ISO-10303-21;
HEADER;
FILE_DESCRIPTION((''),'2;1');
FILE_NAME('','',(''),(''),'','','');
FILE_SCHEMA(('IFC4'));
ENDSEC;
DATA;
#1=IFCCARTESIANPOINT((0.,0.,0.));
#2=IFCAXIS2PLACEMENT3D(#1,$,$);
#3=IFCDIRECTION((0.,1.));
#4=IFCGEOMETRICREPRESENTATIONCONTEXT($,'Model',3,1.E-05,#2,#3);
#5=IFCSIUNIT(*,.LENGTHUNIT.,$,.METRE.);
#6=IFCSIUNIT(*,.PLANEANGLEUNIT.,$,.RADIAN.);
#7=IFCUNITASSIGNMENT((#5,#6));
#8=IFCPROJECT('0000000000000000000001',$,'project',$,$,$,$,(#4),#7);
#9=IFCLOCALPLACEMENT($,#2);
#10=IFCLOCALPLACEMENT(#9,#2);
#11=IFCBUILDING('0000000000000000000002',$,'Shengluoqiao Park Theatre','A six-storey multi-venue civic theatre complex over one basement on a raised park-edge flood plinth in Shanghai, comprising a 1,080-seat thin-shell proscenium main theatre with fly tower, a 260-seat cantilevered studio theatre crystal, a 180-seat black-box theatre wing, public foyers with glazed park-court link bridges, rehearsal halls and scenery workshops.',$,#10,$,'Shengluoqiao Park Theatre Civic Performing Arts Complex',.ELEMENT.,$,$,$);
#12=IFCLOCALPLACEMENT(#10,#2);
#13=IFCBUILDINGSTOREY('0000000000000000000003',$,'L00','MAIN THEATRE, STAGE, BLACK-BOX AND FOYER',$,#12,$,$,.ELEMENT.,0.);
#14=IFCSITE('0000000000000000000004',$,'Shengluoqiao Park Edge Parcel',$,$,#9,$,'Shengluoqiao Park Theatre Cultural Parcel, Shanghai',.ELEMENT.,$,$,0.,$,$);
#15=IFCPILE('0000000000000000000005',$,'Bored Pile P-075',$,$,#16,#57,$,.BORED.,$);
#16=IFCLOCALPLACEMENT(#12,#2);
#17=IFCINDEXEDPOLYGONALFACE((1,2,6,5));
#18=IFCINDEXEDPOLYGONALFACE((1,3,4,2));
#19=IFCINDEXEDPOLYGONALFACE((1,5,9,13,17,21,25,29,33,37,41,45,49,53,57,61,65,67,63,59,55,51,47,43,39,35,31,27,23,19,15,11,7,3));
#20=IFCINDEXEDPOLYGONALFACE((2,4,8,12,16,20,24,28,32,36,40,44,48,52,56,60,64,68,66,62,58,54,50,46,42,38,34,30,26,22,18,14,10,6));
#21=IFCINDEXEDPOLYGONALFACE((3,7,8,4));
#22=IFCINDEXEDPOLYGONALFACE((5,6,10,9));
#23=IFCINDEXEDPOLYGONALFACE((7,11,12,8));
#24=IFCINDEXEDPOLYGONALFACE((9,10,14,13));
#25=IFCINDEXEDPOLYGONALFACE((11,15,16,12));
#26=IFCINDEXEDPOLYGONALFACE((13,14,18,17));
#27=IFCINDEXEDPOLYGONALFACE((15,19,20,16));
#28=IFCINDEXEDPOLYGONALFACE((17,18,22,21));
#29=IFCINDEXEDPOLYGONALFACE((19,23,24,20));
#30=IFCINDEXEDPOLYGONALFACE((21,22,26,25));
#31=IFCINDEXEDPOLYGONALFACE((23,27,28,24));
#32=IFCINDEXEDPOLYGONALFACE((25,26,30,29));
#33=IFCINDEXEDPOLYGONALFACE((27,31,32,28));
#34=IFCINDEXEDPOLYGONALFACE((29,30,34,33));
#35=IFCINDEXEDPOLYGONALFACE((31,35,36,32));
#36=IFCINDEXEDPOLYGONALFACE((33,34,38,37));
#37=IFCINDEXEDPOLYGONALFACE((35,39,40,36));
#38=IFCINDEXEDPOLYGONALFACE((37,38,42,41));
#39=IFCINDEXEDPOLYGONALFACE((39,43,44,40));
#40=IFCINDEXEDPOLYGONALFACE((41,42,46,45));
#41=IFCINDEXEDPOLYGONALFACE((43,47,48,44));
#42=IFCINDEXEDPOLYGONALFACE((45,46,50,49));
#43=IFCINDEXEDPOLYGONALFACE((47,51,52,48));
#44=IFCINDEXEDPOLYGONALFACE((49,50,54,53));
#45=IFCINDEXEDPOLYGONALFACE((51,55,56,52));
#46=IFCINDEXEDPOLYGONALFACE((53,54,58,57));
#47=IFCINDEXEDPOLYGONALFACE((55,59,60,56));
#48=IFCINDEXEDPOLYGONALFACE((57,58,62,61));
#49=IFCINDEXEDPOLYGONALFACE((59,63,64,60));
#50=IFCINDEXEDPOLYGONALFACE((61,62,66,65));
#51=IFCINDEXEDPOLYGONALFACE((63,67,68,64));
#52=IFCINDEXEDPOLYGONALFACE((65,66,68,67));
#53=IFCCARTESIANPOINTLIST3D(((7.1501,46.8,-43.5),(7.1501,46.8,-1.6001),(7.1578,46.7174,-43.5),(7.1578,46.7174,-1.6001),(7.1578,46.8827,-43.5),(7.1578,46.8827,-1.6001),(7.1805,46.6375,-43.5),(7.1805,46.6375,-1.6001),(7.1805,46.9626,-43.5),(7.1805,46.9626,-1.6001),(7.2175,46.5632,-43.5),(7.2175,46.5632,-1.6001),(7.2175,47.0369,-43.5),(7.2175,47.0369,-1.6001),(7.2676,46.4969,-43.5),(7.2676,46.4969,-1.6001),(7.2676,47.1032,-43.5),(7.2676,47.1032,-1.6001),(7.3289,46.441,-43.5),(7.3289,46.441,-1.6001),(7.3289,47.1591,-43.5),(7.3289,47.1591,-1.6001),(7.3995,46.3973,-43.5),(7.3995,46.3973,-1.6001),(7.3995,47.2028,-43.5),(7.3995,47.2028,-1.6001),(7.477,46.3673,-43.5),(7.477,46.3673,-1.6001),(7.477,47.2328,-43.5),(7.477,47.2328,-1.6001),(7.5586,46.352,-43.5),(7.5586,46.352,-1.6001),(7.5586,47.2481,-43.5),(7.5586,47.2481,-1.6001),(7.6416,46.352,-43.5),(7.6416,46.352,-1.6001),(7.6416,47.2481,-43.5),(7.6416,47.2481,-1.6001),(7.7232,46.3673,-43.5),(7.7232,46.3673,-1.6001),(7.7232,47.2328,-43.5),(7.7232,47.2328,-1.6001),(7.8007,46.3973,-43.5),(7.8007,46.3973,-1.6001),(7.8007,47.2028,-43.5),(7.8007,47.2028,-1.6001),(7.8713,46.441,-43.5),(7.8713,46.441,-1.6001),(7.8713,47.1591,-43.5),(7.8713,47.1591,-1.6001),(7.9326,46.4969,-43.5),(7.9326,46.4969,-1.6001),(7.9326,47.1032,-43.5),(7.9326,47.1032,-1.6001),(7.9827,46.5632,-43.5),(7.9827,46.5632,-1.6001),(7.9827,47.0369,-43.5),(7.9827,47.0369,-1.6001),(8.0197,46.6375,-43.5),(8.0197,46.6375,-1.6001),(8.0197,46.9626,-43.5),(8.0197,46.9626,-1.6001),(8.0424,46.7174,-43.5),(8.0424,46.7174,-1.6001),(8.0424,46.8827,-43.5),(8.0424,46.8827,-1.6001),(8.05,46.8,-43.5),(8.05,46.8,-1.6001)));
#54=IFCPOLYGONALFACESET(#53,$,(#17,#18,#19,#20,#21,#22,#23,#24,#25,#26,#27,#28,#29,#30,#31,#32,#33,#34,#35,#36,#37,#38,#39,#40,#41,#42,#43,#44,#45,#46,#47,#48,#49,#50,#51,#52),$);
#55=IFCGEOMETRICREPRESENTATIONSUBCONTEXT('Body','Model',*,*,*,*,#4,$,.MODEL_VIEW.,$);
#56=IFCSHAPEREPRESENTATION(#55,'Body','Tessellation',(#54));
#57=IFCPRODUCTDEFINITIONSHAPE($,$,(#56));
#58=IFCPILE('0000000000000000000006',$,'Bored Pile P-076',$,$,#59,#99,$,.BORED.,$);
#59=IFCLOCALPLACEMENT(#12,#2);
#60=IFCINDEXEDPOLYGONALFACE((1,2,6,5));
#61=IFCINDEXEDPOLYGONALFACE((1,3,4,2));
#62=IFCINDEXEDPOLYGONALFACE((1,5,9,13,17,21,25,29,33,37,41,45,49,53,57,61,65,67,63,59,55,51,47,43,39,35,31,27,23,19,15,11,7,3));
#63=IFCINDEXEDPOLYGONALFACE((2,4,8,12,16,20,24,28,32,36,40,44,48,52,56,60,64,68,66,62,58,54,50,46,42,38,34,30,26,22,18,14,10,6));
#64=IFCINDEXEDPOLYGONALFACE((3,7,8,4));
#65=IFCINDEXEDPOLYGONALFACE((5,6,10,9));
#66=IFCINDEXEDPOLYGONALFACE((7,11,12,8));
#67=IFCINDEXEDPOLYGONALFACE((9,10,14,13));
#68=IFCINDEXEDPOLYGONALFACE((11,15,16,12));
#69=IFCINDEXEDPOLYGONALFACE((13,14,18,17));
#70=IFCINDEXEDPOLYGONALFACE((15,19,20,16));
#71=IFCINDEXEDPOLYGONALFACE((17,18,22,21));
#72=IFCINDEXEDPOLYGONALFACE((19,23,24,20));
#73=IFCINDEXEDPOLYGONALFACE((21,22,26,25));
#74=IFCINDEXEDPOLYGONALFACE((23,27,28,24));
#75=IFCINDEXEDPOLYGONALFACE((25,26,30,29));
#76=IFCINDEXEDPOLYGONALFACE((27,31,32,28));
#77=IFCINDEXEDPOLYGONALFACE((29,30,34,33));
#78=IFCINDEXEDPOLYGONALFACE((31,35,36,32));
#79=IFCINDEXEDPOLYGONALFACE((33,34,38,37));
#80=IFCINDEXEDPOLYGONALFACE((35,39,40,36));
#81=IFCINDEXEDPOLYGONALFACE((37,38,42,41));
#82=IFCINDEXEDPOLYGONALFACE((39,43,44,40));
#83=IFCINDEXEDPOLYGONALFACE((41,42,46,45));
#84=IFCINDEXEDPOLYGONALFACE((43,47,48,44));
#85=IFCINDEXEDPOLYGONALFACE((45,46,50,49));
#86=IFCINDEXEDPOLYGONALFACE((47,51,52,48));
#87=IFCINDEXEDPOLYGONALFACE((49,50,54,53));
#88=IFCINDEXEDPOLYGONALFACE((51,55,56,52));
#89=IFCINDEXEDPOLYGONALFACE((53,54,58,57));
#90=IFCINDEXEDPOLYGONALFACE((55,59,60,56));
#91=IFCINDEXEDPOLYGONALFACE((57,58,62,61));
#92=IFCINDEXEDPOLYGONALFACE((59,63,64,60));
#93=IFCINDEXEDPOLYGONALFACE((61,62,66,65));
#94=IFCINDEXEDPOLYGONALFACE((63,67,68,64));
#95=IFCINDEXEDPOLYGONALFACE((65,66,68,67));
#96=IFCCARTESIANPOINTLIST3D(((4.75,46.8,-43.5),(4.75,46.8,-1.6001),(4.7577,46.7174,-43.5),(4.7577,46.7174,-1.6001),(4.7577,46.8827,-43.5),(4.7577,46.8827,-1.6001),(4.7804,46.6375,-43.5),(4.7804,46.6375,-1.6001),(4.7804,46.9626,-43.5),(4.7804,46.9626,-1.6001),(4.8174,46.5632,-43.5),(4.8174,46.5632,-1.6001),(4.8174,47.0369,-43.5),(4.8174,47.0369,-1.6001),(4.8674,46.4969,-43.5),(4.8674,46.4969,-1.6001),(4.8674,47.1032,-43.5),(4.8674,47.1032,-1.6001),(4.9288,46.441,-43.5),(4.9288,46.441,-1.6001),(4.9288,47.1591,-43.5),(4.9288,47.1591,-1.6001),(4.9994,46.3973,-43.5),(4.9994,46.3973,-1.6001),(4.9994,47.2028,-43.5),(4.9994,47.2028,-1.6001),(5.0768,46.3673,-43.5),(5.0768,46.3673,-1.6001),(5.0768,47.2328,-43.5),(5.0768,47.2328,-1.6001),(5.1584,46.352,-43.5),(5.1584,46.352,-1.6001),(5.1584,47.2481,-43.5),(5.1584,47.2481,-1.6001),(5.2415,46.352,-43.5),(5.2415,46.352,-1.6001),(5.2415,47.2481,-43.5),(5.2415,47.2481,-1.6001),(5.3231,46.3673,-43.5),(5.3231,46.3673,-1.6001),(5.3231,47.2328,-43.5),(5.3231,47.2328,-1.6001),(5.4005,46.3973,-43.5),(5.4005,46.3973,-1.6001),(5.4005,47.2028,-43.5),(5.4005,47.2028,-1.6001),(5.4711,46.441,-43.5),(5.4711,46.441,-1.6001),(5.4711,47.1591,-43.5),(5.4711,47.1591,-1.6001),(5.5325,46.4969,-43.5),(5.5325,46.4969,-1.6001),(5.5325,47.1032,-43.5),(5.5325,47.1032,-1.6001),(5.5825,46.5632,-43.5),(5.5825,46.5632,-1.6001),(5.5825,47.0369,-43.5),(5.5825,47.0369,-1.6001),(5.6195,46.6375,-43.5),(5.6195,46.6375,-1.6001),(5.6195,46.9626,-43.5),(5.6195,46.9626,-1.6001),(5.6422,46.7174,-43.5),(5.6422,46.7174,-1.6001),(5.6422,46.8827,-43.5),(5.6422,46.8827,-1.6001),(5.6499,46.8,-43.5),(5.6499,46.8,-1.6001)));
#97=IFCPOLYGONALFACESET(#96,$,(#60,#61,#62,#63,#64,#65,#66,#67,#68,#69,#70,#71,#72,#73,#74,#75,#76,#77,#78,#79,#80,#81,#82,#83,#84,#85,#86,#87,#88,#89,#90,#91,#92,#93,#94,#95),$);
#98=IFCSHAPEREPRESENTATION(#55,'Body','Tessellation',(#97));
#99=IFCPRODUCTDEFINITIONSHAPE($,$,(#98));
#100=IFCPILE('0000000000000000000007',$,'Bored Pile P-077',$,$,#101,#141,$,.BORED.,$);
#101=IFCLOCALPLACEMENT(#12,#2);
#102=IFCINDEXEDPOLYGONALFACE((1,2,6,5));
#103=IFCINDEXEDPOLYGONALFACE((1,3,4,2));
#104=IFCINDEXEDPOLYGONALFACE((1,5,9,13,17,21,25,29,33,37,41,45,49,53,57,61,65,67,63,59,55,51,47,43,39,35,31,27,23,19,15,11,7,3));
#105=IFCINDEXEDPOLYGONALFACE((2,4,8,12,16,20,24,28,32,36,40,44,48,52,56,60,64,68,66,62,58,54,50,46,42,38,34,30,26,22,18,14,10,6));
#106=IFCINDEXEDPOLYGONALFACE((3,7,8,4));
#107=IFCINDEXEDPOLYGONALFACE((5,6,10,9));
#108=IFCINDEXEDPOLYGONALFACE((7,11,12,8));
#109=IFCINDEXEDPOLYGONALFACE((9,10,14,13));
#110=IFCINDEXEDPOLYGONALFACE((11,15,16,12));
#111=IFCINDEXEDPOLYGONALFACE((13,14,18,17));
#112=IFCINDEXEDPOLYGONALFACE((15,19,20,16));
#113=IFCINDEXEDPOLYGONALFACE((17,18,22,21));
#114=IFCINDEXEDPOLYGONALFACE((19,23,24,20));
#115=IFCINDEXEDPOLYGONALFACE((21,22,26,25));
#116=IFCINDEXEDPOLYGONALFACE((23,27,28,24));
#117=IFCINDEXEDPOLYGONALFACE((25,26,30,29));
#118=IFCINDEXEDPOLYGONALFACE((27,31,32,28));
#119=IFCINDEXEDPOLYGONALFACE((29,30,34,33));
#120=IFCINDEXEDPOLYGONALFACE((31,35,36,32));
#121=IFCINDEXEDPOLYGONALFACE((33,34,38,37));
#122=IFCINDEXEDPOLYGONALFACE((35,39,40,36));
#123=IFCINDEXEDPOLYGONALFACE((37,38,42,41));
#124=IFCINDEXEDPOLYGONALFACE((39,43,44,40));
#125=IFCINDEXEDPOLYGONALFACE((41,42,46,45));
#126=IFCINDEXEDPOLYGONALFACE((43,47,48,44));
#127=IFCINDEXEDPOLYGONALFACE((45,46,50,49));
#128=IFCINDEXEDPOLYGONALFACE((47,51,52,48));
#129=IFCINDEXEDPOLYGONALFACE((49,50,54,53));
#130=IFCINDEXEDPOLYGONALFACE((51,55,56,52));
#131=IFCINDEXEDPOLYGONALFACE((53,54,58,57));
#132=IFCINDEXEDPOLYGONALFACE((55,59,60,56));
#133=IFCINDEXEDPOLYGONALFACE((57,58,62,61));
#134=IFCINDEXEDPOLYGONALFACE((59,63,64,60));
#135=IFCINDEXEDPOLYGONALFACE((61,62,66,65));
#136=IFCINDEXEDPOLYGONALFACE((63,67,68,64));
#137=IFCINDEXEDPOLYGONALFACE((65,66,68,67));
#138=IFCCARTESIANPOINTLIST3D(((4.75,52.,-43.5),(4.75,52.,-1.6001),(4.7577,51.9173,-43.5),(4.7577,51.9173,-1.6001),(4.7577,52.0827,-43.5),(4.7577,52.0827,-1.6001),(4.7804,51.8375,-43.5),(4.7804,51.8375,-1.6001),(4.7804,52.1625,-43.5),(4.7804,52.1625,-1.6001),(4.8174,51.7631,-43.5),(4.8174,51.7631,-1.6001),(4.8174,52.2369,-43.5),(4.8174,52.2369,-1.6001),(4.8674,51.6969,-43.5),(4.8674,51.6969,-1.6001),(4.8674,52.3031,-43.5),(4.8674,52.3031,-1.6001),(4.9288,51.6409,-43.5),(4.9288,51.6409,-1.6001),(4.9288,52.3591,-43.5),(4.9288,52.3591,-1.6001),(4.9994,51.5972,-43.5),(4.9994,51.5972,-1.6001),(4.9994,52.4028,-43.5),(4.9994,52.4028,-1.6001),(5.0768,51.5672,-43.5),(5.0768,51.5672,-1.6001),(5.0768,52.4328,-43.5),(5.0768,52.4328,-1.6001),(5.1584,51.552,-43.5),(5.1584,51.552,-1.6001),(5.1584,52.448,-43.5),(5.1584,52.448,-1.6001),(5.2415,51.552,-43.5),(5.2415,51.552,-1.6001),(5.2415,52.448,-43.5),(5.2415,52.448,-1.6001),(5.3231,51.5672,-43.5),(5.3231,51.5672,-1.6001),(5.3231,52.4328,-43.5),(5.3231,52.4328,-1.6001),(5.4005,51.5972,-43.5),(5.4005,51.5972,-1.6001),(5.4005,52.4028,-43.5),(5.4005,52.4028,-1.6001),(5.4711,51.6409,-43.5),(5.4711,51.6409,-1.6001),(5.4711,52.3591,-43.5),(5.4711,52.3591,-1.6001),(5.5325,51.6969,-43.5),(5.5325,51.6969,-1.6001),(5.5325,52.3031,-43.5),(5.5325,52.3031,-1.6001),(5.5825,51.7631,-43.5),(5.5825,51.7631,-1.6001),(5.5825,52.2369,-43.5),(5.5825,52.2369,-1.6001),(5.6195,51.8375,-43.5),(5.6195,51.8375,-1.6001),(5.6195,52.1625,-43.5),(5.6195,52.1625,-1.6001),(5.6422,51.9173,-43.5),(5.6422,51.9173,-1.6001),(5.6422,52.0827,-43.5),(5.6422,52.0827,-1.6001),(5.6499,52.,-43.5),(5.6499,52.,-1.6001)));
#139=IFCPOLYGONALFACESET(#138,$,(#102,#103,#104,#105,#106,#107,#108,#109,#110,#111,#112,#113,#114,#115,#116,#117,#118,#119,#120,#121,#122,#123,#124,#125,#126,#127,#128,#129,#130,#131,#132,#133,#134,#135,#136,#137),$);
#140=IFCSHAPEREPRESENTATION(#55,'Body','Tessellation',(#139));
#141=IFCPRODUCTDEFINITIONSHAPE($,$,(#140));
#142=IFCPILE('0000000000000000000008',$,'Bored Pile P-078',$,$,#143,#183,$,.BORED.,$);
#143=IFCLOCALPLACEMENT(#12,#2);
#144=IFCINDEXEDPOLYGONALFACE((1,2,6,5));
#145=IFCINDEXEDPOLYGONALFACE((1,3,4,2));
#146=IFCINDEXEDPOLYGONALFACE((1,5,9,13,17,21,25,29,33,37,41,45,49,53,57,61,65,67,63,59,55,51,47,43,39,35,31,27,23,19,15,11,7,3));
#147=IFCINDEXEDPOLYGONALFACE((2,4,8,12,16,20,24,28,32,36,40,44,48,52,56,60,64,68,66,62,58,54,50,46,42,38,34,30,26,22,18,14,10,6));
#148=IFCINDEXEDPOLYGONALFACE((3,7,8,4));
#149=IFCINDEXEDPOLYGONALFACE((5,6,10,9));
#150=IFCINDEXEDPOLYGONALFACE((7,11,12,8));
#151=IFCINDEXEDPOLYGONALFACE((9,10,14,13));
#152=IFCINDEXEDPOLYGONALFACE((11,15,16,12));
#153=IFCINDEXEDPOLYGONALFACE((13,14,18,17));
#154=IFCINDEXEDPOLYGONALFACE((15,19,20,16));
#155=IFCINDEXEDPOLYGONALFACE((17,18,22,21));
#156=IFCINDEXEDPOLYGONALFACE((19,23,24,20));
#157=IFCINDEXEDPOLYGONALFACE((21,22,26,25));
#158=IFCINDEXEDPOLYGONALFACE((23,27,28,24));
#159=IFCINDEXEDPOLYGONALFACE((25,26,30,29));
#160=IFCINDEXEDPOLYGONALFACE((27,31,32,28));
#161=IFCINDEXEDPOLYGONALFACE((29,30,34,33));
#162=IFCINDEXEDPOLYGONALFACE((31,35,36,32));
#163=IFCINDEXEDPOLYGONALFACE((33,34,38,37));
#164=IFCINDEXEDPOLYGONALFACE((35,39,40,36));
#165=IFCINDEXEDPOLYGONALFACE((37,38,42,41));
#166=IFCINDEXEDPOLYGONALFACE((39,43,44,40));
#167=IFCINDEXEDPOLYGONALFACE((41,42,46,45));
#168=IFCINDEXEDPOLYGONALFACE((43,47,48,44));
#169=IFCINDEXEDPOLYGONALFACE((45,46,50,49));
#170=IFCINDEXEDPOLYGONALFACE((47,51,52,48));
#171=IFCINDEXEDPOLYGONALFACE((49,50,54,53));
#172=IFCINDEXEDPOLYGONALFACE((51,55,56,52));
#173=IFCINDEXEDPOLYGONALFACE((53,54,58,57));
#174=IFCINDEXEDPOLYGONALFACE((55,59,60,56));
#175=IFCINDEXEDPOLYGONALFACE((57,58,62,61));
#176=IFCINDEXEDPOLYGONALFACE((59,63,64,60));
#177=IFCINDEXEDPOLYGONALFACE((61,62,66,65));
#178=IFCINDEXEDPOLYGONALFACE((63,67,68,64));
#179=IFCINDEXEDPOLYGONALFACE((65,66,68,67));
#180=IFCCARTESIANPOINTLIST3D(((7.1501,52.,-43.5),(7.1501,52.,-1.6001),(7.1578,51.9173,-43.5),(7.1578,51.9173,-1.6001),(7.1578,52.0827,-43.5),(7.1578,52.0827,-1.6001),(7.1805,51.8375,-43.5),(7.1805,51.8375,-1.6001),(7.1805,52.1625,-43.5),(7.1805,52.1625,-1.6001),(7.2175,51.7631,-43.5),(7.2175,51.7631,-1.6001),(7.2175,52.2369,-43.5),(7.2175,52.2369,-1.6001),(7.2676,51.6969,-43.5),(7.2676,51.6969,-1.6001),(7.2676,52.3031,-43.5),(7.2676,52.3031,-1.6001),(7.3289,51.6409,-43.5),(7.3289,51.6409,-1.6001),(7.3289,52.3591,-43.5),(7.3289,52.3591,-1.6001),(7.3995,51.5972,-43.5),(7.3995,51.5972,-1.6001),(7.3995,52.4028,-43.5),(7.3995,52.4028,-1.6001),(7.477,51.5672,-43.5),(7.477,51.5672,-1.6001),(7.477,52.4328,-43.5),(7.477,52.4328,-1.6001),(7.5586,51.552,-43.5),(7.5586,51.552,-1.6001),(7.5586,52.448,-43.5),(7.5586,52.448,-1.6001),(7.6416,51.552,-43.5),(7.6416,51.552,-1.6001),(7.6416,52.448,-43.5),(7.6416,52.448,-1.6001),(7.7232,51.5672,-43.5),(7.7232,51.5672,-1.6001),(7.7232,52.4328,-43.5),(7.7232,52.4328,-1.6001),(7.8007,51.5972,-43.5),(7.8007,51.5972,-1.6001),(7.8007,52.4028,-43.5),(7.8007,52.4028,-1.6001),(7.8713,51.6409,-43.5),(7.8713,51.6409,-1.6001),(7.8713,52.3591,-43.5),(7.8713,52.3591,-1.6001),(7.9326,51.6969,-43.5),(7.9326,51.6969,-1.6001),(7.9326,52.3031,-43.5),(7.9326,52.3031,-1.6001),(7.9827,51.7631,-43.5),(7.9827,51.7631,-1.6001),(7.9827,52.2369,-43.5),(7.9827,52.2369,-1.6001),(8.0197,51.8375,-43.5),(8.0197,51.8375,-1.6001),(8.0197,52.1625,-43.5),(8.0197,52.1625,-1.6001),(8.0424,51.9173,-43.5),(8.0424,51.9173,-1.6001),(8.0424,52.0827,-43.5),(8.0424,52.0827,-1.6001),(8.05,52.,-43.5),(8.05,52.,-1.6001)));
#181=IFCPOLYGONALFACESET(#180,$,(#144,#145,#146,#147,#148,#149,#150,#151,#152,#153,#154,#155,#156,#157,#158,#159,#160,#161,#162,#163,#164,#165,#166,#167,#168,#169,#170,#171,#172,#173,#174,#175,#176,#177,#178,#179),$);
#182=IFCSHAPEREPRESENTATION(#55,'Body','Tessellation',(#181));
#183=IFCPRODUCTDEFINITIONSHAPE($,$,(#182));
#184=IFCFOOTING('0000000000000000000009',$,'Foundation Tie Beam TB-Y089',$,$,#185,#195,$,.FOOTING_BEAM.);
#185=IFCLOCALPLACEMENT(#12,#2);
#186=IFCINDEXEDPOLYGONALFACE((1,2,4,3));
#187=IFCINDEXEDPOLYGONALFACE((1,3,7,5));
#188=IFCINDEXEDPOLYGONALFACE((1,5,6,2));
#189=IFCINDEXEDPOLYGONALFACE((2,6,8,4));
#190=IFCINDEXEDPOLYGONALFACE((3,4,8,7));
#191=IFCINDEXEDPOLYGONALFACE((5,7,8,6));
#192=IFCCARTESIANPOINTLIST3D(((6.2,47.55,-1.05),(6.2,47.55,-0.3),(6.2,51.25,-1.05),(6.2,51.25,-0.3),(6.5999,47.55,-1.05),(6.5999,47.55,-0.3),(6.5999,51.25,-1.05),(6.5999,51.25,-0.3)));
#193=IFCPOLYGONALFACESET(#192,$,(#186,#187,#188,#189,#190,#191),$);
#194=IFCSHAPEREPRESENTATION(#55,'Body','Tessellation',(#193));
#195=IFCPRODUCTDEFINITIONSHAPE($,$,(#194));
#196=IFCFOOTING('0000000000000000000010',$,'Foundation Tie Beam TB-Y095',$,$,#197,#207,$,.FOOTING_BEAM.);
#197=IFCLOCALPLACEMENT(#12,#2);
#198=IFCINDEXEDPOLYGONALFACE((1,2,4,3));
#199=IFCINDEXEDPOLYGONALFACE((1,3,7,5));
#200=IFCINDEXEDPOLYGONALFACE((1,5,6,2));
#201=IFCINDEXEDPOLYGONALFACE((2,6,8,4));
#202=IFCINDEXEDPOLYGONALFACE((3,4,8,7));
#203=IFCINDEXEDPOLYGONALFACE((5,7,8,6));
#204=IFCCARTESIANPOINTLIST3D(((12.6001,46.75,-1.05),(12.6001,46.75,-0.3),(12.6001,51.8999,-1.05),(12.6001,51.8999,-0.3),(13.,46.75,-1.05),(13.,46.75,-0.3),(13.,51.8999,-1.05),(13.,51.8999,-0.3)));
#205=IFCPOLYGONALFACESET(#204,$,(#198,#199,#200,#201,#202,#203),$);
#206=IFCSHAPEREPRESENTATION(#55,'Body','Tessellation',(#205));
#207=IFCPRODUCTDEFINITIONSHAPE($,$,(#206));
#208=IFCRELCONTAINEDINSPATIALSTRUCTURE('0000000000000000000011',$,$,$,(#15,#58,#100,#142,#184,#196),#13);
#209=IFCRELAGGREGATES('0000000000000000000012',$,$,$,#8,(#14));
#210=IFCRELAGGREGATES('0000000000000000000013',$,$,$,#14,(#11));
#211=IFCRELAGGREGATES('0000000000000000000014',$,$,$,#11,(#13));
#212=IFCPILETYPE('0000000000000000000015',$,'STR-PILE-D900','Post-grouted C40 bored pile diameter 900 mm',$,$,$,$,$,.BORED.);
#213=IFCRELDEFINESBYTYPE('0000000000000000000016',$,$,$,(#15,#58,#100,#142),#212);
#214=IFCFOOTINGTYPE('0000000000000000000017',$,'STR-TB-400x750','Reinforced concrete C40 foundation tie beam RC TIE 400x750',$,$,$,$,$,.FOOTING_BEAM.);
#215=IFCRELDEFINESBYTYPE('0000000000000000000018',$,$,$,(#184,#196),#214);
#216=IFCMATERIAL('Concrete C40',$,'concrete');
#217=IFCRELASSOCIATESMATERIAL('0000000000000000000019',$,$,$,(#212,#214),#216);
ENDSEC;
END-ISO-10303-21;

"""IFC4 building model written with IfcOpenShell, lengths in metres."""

from ifc_helpers import new_model, si_unit, direction, frame, origin, origin_2d, place, context, subcontext, project, spatial, rectangle, circle, extrude, material, material_profile, profile_set, type_object, element, save


model = new_model("IFC4")

# Units and contexts
model_context = context("Model", 3, precision=1e-05, world=origin(), true_north=direction((0.0, 1.0)))
body_context = subcontext(model_context, "Body", "Model", "MODEL_VIEW")
ifc_project = project(units=[si_unit("LENGTHUNIT", "METRE"), si_unit("PLANEANGLEUNIT", "RADIAN")], contexts=[model_context])

# Site, building, storey
site_placement = place(None, origin())
site = spatial("IfcSite", under=ifc_project, at=site_placement, Name="Shengluoqiao Park Edge Parcel", LongName="Shengluoqiao Park Theatre Cultural Parcel, Shanghai", CompositionType="ELEMENT", RefElevation=0.0)
building_placement = place(site_placement, origin())
building = spatial("IfcBuilding", under=site, at=building_placement, Name="Shengluoqiao Park Theatre", Description="A six-storey multi-venue civic theatre complex over one basement on a raised park-edge flood plinth in Shanghai, comprising a 1,080-seat thin-shell proscenium main theatre with fly tower, a 260-seat cantilevered studio theatre crystal, a 180-seat black-box theatre wing, public foyers with glazed park-court link bridges, rehearsal halls and scenery workshops.", LongName="Shengluoqiao Park Theatre Civic Performing Arts Complex", CompositionType="ELEMENT")
storey_placement = place(building_placement, origin())
storey = spatial("IfcBuildingStorey", under=building, at=storey_placement, Name="L00", Description="MAIN THEATRE, STAGE, BLACK-BOX AND FOYER", CompositionType="ELEMENT", Elevation=0.0)

# Piles
ifc_material_1 = material(Name="Concrete C40", Category="concrete")
ifc_material_profile_1 = material_profile(ifc_material_1, circle(Radius=0.45, at=origin_2d()), Name="BORED PILE D900")
ifc_profile_set_1 = profile_set([ifc_material_profile_1], Name="Concrete C40")
pile_type = type_object("IfcPileType", Name="STR-PILE-D900", Description="Post-grouted C40 bored pile diameter 900 mm", PredefinedType="BORED", material=ifc_profile_set_1)
for number, where, z_axis, x_axis, name in (
    (1, (7.6001, 46.8, -1.6001), (0.0, 0.0, -1.0), (1.0, 0.0, 0.0), "Bored Pile P-075"),
    (2, (5.2, 46.8, -1.6001), (0.0, 0.0, -1.0), (1.0, 0.0, 0.0), "Bored Pile P-076"),
    (3, (5.2, 52.0, -1.6001), (0.0, 0.0, -1.0), (1.0, 0.0, 0.0), "Bored Pile P-077"),
    (4, (7.6001, 52.0, -1.6001), (0.0, 0.0, -1.0), (1.0, 0.0, 0.0), "Bored Pile P-078"),
):
    element("IfcPile", number, at=place(storey_placement, frame(where, z_axis=z_axis, x_axis=x_axis)), inside=storey, type_object=pile_type, Name=name, PredefinedType="BORED", context=body_context, shape_type="SweptSolid", body=[
        extrude(circle(Radius=0.45, at=origin_2d()), origin(), (0.0, 0.0, 1.0), 41.8999),
    ])

# Footings
ifc_material_profile_2 = material_profile(ifc_material_1, rectangle(XDim=0.3999, YDim=0.75, at=origin_2d()), Name="RC TIE 400x750")
ifc_profile_set_2 = profile_set([ifc_material_profile_2], Name="Concrete C40")
footing_type = type_object("IfcFootingType", Name="STR-TB-400x750", Description="Reinforced concrete C40 foundation tie beam RC TIE 400x750", PredefinedType="FOOTING_BEAM", material=ifc_profile_set_2)
footing_1_placement = place(storey_placement, frame((6.3999, 47.55, -0.675), z_axis=(0.0, 1.0, 0.0), x_axis=(-1.0, 0.0, 0.0)))
element("IfcFooting", 5, at=footing_1_placement, inside=storey, type_object=footing_type, Name="Foundation Tie Beam TB-Y089", PredefinedType="FOOTING_BEAM", context=body_context, shape_type="SweptSolid", body=[
    extrude(rectangle(XDim=0.3999, YDim=0.75, at=origin_2d()), origin(), (0.0, 0.0, 1.0), 3.7),
])
footing_2_placement = place(storey_placement, frame((12.8, 46.75, -0.675), z_axis=(0.0, 1.0, 0.0), x_axis=(-1.0, 0.0, 0.0)))
element("IfcFooting", 6, at=footing_2_placement, inside=storey, type_object=footing_type, Name="Foundation Tie Beam TB-Y095", PredefinedType="FOOTING_BEAM", context=body_context, shape_type="SweptSolid", body=[
    extrude(rectangle(XDim=0.3999, YDim=0.75, at=origin_2d()), origin(), (0.0, 0.0, 1.0), 5.1499),
])

save(model, "model.ifc")
